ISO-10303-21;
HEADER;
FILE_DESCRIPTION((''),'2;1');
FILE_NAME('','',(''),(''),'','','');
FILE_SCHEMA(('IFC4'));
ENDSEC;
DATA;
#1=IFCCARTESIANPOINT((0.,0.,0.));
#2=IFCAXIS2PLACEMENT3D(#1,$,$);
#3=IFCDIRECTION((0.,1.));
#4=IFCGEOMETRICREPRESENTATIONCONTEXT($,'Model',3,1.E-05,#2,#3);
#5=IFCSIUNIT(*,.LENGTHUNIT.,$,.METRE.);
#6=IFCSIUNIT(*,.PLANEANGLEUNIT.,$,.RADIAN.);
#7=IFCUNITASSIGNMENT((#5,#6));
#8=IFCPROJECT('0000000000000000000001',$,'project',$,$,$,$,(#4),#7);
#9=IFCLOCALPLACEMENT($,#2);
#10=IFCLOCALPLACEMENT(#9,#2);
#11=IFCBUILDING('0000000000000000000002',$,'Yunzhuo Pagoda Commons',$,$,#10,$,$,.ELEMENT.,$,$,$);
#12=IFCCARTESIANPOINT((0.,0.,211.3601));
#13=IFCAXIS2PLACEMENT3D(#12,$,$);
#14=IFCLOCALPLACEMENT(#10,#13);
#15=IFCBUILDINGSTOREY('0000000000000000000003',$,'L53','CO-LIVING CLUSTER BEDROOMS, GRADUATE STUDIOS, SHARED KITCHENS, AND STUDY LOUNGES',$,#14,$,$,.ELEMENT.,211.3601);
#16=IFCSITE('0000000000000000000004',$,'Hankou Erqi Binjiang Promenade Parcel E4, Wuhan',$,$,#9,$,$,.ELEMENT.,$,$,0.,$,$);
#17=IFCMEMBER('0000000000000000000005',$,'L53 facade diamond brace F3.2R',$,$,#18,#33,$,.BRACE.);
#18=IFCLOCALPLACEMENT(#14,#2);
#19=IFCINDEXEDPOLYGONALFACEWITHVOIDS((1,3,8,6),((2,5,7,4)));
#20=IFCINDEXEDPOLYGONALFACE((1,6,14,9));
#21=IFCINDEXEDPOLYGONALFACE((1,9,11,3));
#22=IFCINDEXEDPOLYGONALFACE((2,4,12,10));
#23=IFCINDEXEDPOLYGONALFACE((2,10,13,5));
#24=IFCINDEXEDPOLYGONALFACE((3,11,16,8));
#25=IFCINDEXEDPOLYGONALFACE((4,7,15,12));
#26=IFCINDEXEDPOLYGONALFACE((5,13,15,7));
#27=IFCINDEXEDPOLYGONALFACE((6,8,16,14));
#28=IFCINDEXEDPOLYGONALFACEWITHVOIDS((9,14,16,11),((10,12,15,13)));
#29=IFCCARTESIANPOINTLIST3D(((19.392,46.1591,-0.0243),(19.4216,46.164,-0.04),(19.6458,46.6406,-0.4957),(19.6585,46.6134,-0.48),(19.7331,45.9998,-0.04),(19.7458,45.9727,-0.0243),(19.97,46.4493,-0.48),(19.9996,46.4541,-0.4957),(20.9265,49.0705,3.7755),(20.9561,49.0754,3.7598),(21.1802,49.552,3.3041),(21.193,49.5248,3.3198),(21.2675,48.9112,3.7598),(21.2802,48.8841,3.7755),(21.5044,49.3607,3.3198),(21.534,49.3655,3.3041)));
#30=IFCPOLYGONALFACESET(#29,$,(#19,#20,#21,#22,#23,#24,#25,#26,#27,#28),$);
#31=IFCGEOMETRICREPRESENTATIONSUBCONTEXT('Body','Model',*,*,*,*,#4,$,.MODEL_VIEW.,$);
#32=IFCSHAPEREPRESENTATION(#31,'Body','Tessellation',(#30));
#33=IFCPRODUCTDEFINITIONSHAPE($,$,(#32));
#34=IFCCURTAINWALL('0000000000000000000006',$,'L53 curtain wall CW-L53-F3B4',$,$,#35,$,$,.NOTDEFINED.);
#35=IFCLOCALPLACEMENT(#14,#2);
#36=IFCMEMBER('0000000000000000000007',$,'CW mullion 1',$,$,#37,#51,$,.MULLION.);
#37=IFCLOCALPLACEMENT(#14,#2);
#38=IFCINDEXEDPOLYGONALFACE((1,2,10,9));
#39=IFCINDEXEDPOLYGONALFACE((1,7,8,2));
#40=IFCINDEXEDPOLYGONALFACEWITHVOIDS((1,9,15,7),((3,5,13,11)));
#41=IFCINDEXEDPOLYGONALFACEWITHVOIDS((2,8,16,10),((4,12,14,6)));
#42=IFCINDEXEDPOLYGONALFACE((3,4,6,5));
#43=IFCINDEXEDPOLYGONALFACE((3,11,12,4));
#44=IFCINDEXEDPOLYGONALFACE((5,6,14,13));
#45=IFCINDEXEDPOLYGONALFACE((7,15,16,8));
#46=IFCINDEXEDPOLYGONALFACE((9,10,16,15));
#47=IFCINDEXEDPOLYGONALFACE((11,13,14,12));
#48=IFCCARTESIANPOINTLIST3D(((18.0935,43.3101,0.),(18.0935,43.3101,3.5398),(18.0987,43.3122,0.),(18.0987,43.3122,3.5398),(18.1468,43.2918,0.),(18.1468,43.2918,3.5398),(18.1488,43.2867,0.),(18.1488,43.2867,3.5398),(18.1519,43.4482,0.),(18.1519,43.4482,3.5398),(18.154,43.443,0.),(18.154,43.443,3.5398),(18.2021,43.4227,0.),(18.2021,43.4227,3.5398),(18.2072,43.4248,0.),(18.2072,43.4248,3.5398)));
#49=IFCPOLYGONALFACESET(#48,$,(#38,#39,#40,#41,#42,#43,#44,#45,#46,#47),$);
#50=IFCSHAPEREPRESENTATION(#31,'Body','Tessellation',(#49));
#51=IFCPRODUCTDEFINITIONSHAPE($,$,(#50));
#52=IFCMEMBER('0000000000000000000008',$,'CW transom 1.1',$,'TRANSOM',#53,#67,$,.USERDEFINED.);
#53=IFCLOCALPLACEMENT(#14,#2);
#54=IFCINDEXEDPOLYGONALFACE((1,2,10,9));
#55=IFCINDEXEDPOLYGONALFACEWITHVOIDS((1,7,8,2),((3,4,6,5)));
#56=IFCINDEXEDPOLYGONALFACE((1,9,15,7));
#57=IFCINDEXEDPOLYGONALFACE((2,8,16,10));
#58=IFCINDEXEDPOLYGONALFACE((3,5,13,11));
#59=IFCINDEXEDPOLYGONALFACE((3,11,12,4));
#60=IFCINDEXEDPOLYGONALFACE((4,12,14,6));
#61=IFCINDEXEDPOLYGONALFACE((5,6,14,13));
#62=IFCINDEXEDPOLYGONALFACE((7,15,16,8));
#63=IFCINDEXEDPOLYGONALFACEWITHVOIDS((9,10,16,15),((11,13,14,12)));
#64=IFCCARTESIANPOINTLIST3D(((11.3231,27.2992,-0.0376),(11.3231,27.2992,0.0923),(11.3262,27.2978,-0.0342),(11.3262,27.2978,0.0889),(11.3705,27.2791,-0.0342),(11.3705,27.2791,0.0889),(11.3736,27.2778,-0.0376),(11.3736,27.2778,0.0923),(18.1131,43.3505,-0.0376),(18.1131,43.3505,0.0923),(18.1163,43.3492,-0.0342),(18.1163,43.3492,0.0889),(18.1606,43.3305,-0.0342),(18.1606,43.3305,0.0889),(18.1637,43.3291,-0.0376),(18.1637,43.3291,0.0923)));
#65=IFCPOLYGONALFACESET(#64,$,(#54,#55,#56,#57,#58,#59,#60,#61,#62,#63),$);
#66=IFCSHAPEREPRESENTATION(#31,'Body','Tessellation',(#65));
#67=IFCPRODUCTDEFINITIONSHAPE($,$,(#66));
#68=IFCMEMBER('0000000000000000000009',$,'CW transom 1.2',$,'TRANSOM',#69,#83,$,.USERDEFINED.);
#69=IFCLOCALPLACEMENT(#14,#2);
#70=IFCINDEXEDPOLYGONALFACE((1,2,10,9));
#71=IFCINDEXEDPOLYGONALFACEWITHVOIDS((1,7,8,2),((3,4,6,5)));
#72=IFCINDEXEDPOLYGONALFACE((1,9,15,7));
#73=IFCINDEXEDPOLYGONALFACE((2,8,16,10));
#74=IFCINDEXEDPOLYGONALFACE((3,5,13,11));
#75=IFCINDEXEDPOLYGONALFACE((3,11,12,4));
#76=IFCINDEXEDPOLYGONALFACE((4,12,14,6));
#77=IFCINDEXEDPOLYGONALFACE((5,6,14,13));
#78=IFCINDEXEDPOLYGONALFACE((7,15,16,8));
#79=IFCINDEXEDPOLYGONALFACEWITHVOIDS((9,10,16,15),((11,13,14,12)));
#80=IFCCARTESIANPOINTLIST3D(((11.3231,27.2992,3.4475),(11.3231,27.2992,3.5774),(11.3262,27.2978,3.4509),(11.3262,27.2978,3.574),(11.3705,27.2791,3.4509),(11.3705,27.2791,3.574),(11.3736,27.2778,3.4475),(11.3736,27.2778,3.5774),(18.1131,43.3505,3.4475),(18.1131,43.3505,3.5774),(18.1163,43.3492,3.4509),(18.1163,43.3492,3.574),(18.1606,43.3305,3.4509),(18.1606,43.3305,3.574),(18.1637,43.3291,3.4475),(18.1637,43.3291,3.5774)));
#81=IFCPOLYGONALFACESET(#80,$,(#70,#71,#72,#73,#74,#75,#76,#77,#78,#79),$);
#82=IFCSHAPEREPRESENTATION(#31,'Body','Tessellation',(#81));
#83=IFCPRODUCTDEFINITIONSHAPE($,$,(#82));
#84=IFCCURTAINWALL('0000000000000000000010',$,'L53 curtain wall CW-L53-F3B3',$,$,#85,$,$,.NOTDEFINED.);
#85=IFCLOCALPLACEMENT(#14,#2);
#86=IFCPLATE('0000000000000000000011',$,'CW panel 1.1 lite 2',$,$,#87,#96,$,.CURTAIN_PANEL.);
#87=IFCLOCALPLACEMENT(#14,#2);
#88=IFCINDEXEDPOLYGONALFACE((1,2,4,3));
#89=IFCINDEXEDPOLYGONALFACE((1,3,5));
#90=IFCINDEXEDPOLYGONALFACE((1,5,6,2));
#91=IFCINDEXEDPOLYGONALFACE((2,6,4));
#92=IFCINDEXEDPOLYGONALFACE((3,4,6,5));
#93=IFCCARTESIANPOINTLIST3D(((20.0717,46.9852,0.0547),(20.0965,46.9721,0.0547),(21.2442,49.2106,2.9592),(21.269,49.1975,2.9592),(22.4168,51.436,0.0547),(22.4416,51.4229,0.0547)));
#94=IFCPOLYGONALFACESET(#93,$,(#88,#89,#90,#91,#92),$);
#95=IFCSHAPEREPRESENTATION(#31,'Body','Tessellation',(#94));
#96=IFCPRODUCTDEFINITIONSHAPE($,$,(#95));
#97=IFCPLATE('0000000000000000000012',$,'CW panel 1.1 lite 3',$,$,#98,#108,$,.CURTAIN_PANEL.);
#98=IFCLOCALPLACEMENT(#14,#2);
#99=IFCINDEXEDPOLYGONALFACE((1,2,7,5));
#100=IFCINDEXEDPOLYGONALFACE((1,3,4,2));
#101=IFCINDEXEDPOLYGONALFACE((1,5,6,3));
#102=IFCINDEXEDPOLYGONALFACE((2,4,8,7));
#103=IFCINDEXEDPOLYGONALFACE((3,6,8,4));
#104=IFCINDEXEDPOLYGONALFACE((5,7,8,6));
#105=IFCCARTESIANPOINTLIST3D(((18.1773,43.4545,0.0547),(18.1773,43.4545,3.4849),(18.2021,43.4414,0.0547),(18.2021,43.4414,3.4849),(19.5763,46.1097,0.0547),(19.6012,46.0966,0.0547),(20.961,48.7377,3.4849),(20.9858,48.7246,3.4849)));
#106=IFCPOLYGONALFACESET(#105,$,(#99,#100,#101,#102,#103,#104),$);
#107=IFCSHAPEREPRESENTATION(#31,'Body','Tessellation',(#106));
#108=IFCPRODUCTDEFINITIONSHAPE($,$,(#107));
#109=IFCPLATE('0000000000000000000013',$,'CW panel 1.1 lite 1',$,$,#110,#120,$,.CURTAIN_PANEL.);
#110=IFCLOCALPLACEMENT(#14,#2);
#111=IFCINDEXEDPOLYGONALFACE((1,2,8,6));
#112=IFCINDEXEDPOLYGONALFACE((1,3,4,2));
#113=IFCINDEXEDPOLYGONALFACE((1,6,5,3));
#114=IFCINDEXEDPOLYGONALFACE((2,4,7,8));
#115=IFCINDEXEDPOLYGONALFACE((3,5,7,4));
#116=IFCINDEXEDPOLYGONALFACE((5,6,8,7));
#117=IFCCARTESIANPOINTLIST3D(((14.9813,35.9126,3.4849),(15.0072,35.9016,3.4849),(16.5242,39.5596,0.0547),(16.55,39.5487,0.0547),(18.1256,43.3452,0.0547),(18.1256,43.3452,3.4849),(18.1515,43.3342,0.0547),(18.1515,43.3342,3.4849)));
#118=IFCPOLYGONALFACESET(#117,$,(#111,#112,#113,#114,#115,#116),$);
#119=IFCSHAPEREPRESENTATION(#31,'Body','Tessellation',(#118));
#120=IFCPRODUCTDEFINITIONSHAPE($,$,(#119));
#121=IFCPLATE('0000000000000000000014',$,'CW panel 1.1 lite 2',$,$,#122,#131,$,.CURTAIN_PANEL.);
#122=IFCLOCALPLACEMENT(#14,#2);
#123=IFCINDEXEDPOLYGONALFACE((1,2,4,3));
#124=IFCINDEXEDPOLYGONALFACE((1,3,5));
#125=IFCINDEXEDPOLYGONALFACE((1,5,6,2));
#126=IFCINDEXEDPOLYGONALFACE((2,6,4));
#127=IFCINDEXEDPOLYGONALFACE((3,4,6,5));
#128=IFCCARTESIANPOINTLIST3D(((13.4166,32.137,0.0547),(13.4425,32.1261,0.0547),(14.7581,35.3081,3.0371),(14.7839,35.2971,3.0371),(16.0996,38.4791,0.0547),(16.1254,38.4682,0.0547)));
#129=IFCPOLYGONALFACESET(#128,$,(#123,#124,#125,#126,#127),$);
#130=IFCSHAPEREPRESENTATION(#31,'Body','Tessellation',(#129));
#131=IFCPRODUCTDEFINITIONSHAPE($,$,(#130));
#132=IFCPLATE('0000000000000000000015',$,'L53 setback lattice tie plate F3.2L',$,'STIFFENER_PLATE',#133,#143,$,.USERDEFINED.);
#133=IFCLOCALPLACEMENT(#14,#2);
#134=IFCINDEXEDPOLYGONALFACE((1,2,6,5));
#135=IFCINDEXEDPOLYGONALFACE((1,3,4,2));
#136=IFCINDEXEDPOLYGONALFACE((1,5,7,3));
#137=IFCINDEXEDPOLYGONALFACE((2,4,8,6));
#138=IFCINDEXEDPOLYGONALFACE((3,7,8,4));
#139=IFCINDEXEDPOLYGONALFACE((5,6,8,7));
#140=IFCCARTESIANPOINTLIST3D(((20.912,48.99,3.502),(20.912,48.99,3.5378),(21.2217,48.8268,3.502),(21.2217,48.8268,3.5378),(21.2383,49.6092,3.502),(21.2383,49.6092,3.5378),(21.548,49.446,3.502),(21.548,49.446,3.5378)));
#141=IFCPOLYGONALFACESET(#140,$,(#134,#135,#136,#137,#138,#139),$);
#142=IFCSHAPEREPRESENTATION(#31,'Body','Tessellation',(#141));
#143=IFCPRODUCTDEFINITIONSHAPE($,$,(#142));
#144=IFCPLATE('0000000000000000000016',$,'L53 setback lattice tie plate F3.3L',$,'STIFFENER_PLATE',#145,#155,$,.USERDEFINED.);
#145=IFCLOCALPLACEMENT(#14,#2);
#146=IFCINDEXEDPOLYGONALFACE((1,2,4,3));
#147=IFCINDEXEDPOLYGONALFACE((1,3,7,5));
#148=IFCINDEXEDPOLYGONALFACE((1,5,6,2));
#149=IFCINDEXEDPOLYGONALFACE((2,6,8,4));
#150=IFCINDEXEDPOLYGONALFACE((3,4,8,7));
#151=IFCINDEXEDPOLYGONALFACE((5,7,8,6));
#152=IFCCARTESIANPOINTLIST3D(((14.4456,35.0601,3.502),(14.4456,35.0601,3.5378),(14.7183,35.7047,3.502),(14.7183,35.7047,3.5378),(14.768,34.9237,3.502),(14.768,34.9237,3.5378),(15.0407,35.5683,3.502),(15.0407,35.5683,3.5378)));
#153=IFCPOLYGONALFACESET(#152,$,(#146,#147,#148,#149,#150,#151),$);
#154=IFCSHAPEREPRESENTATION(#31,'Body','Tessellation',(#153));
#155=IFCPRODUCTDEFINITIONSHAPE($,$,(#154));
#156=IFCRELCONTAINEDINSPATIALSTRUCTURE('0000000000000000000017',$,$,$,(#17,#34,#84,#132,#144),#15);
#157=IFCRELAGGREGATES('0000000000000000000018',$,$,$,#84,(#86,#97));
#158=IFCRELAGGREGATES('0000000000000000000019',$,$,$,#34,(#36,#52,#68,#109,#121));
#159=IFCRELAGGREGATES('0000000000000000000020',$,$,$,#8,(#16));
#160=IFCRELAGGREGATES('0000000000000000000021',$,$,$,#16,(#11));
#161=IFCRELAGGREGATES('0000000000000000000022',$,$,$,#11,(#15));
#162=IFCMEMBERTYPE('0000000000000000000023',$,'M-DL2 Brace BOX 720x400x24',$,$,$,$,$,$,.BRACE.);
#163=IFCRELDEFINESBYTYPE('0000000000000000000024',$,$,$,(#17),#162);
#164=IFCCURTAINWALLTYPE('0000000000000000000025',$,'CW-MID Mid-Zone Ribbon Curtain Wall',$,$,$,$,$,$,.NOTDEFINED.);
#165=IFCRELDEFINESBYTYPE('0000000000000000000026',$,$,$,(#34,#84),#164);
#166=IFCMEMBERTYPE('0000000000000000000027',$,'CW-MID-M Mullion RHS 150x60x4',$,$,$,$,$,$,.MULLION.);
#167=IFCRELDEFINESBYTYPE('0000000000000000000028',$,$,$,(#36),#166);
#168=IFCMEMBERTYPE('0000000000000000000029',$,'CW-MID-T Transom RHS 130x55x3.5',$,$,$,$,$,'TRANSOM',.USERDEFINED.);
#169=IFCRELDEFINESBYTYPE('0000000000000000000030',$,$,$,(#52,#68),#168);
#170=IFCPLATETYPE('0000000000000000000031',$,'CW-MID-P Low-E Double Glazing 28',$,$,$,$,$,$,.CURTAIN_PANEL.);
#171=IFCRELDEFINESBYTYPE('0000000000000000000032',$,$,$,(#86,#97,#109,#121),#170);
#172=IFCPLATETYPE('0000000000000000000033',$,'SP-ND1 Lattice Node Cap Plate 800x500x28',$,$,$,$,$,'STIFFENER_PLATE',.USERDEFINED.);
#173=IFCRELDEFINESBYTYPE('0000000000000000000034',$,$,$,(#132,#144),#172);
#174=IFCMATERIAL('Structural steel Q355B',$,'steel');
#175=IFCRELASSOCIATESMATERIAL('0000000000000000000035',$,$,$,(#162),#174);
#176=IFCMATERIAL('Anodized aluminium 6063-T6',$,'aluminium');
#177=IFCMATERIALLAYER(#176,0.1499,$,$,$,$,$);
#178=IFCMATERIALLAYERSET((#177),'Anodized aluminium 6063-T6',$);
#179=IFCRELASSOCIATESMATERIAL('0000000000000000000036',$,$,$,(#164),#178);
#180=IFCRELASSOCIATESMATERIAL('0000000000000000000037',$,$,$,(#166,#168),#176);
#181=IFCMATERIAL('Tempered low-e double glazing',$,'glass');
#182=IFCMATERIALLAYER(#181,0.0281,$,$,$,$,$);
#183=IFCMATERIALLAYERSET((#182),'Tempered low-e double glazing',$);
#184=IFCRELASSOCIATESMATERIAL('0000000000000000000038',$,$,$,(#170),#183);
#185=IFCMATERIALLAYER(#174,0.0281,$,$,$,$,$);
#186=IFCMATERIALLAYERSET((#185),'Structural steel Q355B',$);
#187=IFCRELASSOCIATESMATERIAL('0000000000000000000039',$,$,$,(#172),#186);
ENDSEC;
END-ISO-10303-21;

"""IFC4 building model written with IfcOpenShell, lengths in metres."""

from ifc_helpers import new_model, si_unit, direction, frame, origin, origin_2d, place, context, subcontext, project, spatial, polyline, rectangle, hollow_rectangle, outline, extrude, source, transform, mapped, material, layer, layer_set, material_profile, profile_set, type_object, element, aggregate, save


model = new_model("IFC4")

# Units and contexts
model_context = context("Model", 3, precision=1e-05, world=origin(), true_north=direction((0.0, 1.0)))
body_context = subcontext(model_context, "Body", "Model", "MODEL_VIEW")
ifc_project = project(units=[si_unit("LENGTHUNIT", "METRE"), si_unit("PLANEANGLEUNIT", "RADIAN")], contexts=[model_context])

# Site, building, storey
site_placement = place(None, origin())
site = spatial("IfcSite", under=ifc_project, at=site_placement, Name="Hankou Erqi Binjiang Promenade Parcel E4, Wuhan", CompositionType="ELEMENT", RefElevation=0.0)
building_placement = place(site_placement, origin())
building = spatial("IfcBuilding", under=site, at=building_placement, Name="Yunzhuo Pagoda Commons", CompositionType="ELEMENT")
storey_placement = place(building_placement, frame((0.0, 0.0, 211.3601)))
storey = spatial("IfcBuildingStorey", under=building, at=storey_placement, Name="L53", Description="CO-LIVING CLUSTER BEDROOMS, GRADUATE STUDIOS, SHARED KITCHENS, AND STUDY LOUNGES", CompositionType="ELEMENT", Elevation=211.3601)

# Shared definitions
ifc_material_1 = material(Name="Structural steel Q355B", Category="steel")

# Member
ifc_material_profile_1 = material_profile(ifc_material_1, hollow_rectangle(XDim=0.3999, YDim=0.72, WallThickness=0.0239, at=origin_2d()), Name="Structural steel Q355B")
ifc_profile_set_1 = profile_set([ifc_material_profile_1], Name="Structural steel Q355B")
member_type_1 = type_object("IfcMemberType", Name="M-DL2 Brace BOX 720x400x24", PredefinedType="BRACE", material=ifc_profile_set_1)
shared_shape_1 = source(origin(), body_context, "Body", "SweptSolid", [
    extrude(hollow_rectangle(XDim=0.3999, YDim=0.72, WallThickness=0.0239, at=origin_2d()), origin(), (0.0, 0.0, 1.0), 5.0269),
])
for number, where, z_axis, x_axis, name in (
    (1, (19.6958, 46.3066, -0.26), (0.305246, 0.579167, 0.755904), (-0.884653, 0.466251, 0.0), "L53 facade diamond brace F3.2R"),
):
    element("IfcMember", number, at=place(storey_placement, frame(where, z_axis=z_axis, x_axis=x_axis)), inside=storey, type_object=member_type_1, Name=name, PredefinedType="BRACE", context=body_context, shape_type="MappedRepresentation", body=[
        mapped(shared_shape_1, transform((0.0, 0.0, 0.0), scale=1.0)),
    ])

# Curtain wall, members
ifc_material_2 = material(Name="Anodized aluminium 6063-T6", Category="aluminium")
ifc_layer_1 = layer(ifc_material_2, 0.1499)
ifc_layer_set_1 = layer_set([ifc_layer_1], Name="Anodized aluminium 6063-T6")
curtain_wall_type = type_object("IfcCurtainWallType", Name="CW-MID Mid-Zone Ribbon Curtain Wall", PredefinedType="NOTDEFINED", material=ifc_layer_set_1)
curtain_wall_1_placement = place(storey_placement, origin())
curtain_wall_1 = element("IfcCurtainWall", 2, at=curtain_wall_1_placement, inside=storey, type_object=curtain_wall_type, Name="L53 curtain wall CW-L53-F3B4", PredefinedType="NOTDEFINED")
ifc_material_profile_2 = material_profile(ifc_material_2, hollow_rectangle(XDim=0.0601, YDim=0.1499, WallThickness=0.0039, at=origin_2d()), Name="Anodized aluminium 6063-T6")
ifc_profile_set_2 = profile_set([ifc_material_profile_2], Name="Anodized aluminium 6063-T6")
member_type_2 = type_object("IfcMemberType", Name="CW-MID-M Mullion RHS 150x60x4", PredefinedType="MULLION", material=ifc_profile_set_2)
shared_shape_2 = source(origin(), body_context, "Body", "SweptSolid", [
    extrude(hollow_rectangle(XDim=0.0601, YDim=0.1499, WallThickness=0.0039, at=origin_2d()), origin(), (0.0, 0.0, 1.0), 3.5398),
])
member_1_placement = place(storey_placement, frame((18.1504, 43.3674, 0.0), z_axis=(0.0, 0.0, 1.0), x_axis=(0.920979, -0.389612, 0.0)))
member_1 = element("IfcMember", 3, at=member_1_placement, type_object=member_type_2, Name="CW mullion 1", PredefinedType="MULLION", context=body_context, shape_type="MappedRepresentation", body=[
    mapped(shared_shape_2, transform((0.0, 0.0, 0.0), scale=1.0)),
])
ifc_material_profile_3 = material_profile(ifc_material_2, hollow_rectangle(XDim=0.0549, YDim=0.1299, WallThickness=0.0034, at=origin_2d()), Name="Anodized aluminium 6063-T6")
ifc_profile_set_3 = profile_set([ifc_material_profile_3], Name="Anodized aluminium 6063-T6")
member_type_3 = type_object("IfcMemberType", Name="CW-MID-T Transom RHS 130x55x3.5", ElementType="TRANSOM", PredefinedType="USERDEFINED", material=ifc_profile_set_3)
shared_shape_3 = source(origin(), body_context, "Body", "SweptSolid", [
    extrude(hollow_rectangle(XDim=0.0549, YDim=0.1299, WallThickness=0.0034, at=origin_2d()), origin(), (0.0, 0.0, 1.0), 17.4285),
])
member_2_placement = place(storey_placement, frame((18.1384, 43.3398, 0.0273), z_axis=(-0.389597, -0.920985, 0.0), x_axis=(0.920985, -0.389597, 0.0)))
member_2 = element("IfcMember", 4, at=member_2_placement, type_object=member_type_3, Name="CW transom 1.1", ObjectType="TRANSOM", PredefinedType="USERDEFINED", context=body_context, shape_type="MappedRepresentation", body=[
    mapped(shared_shape_3, transform((0.0, 0.0, 0.0), scale=1.0)),
])
member_3_placement = place(storey_placement, frame((18.1384, 43.3398, 3.5125), z_axis=(-0.389597, -0.920985, 0.0), x_axis=(0.920985, -0.389597, 0.0)))
member_3 = element("IfcMember", 5, at=member_3_placement, type_object=member_type_3, Name="CW transom 1.2", ObjectType="TRANSOM", PredefinedType="USERDEFINED", context=body_context, shape_type="MappedRepresentation", body=[
    mapped(shared_shape_3, transform((0.0, 0.0, 0.0), scale=1.0)),
])

# Curtain wall, plates
curtain_wall_2_placement = place(storey_placement, origin())
curtain_wall_2 = element("IfcCurtainWall", 6, at=curtain_wall_2_placement, inside=storey, type_object=curtain_wall_type, Name="L53 curtain wall CW-L53-F3B3", PredefinedType="NOTDEFINED")
ifc_material_3 = material(Name="Tempered low-e double glazing", Category="glass")
ifc_layer_2 = layer(ifc_material_3, 0.0281)
ifc_layer_set_2 = layer_set([ifc_layer_2], Name="Tempered low-e double glazing")
plate_type_1 = type_object("IfcPlateType", Name="CW-MID-P Low-E Double Glazing 28", PredefinedType="CURTAIN_PANEL", material=ifc_layer_set_2)
plate_1_placement = place(storey_placement, frame((21.269, 49.1975, 1.5071), z_axis=(-0.884705, 0.466152, 0.0), x_axis=(-0.466152, -0.884705, 0.0)))
plate_1 = element("IfcPlate", 7, at=plate_1_placement, type_object=plate_type_1, Name="CW panel 1.1 lite 2", PredefinedType="CURTAIN_PANEL", context=body_context, shape_type="SweptSolid", body=[
    extrude(outline(polyline([(-2.5154, -1.4524), (2.5154, -1.4524), (0.0, 1.4521), (-2.5154, -1.4524)])), origin(), (0.0, 0.0, 1.0), 0.0281),
])
plate_2_placement = place(storey_placement, frame((19.594, 46.083, 1.7698), z_axis=(-0.884705, 0.466152, 0.0), x_axis=(-0.466152, -0.884705, 0.0)))
plate_2 = element("IfcPlate", 8, at=plate_2_placement, type_object=plate_type_1, Name="CW panel 1.1 lite 3", PredefinedType="CURTAIN_PANEL", context=body_context, shape_type="SweptSolid", body=[
    extrude(outline(polyline([(-2.9858, 1.7151), (-0.0154, -1.7151), (2.9858, -1.7151), (2.9858, 1.7151), (-2.9858, 1.7151)])), origin(), (0.0, 0.0, 1.0), 0.0281),
])
aggregate(curtain_wall_2, [plate_1, plate_2])

# Plates
plate_3_placement = place(storey_placement, frame((16.5793, 39.6179, 1.7698), z_axis=(-0.920979, 0.389612, 0.0), x_axis=(-0.389612, -0.920979, 0.0)))
plate_3 = element("IfcPlate", 9, at=plate_3_placement, type_object=plate_type_1, Name="CW panel 1.1 lite 1", PredefinedType="CURTAIN_PANEL", context=body_context, shape_type="SweptSolid", body=[
    extrude(outline(polyline([(-4.0352, -1.7151), (0.0752, -1.7151), (4.0352, 1.7151), (-4.0352, 1.7151), (-4.0352, -1.7151)])), origin(), (0.0, 0.0, 1.0), 0.0281),
])
plate_4_placement = place(storey_placement, frame((14.7839, 35.2971, 1.5459), z_axis=(-0.920979, 0.389612, 0.0), x_axis=(-0.389612, -0.920979, 0.0)))
plate_4 = element("IfcPlate", 10, at=plate_4_placement, type_object=plate_type_1, Name="CW panel 1.1 lite 2", PredefinedType="CURTAIN_PANEL", context=body_context, shape_type="SweptSolid", body=[
    extrude(outline(polyline([(-3.4431, -1.4912), (3.4431, -1.4912), (0.0, 1.4912), (-3.4431, -1.4912)])), origin(), (0.0, 0.0, 1.0), 0.0281),
])
aggregate(curtain_wall_1, [member_1, member_2, member_3, plate_3, plate_4])

# Plates
ifc_layer_3 = layer(ifc_material_1, 0.0281)
ifc_layer_set_3 = layer_set([ifc_layer_3], Name="Structural steel Q355B")
plate_type_2 = type_object("IfcPlateType", Name="SP-ND1 Lattice Node Cap Plate 800x500x28", ElementType="STIFFENER_PLATE", PredefinedType="USERDEFINED", material=ifc_layer_set_3)
shared_shape_4 = source(origin(), body_context, "Body", "SweptSolid", [
    extrude(rectangle(XDim=0.7, YDim=0.3501, at=origin_2d()), origin(), (0.0, 0.0, 1.0), 0.0359),
])
for number, where, z_axis, x_axis, name in (
    (11, (21.23, 49.218, 3.502), (0.0, 0.0, 1.0), (-0.466155, -0.884703, 0.0), "L53 setback lattice tie plate F3.2L"),
    (12, (14.7432, 35.3142, 3.502), (0.0, 0.0, 1.0), (-0.389606, -0.920982, 0.0), "L53 setback lattice tie plate F3.3L"),
):
    element("IfcPlate", number, at=place(storey_placement, frame(where, z_axis=z_axis, x_axis=x_axis)), inside=storey, type_object=plate_type_2, Name=name, ObjectType="STIFFENER_PLATE", PredefinedType="USERDEFINED", context=body_context, shape_type="MappedRepresentation", body=[
        mapped(shared_shape_4, transform((0.0, 0.0, 0.0), scale=1.0)),
    ])

save(model, "model.ifc")
